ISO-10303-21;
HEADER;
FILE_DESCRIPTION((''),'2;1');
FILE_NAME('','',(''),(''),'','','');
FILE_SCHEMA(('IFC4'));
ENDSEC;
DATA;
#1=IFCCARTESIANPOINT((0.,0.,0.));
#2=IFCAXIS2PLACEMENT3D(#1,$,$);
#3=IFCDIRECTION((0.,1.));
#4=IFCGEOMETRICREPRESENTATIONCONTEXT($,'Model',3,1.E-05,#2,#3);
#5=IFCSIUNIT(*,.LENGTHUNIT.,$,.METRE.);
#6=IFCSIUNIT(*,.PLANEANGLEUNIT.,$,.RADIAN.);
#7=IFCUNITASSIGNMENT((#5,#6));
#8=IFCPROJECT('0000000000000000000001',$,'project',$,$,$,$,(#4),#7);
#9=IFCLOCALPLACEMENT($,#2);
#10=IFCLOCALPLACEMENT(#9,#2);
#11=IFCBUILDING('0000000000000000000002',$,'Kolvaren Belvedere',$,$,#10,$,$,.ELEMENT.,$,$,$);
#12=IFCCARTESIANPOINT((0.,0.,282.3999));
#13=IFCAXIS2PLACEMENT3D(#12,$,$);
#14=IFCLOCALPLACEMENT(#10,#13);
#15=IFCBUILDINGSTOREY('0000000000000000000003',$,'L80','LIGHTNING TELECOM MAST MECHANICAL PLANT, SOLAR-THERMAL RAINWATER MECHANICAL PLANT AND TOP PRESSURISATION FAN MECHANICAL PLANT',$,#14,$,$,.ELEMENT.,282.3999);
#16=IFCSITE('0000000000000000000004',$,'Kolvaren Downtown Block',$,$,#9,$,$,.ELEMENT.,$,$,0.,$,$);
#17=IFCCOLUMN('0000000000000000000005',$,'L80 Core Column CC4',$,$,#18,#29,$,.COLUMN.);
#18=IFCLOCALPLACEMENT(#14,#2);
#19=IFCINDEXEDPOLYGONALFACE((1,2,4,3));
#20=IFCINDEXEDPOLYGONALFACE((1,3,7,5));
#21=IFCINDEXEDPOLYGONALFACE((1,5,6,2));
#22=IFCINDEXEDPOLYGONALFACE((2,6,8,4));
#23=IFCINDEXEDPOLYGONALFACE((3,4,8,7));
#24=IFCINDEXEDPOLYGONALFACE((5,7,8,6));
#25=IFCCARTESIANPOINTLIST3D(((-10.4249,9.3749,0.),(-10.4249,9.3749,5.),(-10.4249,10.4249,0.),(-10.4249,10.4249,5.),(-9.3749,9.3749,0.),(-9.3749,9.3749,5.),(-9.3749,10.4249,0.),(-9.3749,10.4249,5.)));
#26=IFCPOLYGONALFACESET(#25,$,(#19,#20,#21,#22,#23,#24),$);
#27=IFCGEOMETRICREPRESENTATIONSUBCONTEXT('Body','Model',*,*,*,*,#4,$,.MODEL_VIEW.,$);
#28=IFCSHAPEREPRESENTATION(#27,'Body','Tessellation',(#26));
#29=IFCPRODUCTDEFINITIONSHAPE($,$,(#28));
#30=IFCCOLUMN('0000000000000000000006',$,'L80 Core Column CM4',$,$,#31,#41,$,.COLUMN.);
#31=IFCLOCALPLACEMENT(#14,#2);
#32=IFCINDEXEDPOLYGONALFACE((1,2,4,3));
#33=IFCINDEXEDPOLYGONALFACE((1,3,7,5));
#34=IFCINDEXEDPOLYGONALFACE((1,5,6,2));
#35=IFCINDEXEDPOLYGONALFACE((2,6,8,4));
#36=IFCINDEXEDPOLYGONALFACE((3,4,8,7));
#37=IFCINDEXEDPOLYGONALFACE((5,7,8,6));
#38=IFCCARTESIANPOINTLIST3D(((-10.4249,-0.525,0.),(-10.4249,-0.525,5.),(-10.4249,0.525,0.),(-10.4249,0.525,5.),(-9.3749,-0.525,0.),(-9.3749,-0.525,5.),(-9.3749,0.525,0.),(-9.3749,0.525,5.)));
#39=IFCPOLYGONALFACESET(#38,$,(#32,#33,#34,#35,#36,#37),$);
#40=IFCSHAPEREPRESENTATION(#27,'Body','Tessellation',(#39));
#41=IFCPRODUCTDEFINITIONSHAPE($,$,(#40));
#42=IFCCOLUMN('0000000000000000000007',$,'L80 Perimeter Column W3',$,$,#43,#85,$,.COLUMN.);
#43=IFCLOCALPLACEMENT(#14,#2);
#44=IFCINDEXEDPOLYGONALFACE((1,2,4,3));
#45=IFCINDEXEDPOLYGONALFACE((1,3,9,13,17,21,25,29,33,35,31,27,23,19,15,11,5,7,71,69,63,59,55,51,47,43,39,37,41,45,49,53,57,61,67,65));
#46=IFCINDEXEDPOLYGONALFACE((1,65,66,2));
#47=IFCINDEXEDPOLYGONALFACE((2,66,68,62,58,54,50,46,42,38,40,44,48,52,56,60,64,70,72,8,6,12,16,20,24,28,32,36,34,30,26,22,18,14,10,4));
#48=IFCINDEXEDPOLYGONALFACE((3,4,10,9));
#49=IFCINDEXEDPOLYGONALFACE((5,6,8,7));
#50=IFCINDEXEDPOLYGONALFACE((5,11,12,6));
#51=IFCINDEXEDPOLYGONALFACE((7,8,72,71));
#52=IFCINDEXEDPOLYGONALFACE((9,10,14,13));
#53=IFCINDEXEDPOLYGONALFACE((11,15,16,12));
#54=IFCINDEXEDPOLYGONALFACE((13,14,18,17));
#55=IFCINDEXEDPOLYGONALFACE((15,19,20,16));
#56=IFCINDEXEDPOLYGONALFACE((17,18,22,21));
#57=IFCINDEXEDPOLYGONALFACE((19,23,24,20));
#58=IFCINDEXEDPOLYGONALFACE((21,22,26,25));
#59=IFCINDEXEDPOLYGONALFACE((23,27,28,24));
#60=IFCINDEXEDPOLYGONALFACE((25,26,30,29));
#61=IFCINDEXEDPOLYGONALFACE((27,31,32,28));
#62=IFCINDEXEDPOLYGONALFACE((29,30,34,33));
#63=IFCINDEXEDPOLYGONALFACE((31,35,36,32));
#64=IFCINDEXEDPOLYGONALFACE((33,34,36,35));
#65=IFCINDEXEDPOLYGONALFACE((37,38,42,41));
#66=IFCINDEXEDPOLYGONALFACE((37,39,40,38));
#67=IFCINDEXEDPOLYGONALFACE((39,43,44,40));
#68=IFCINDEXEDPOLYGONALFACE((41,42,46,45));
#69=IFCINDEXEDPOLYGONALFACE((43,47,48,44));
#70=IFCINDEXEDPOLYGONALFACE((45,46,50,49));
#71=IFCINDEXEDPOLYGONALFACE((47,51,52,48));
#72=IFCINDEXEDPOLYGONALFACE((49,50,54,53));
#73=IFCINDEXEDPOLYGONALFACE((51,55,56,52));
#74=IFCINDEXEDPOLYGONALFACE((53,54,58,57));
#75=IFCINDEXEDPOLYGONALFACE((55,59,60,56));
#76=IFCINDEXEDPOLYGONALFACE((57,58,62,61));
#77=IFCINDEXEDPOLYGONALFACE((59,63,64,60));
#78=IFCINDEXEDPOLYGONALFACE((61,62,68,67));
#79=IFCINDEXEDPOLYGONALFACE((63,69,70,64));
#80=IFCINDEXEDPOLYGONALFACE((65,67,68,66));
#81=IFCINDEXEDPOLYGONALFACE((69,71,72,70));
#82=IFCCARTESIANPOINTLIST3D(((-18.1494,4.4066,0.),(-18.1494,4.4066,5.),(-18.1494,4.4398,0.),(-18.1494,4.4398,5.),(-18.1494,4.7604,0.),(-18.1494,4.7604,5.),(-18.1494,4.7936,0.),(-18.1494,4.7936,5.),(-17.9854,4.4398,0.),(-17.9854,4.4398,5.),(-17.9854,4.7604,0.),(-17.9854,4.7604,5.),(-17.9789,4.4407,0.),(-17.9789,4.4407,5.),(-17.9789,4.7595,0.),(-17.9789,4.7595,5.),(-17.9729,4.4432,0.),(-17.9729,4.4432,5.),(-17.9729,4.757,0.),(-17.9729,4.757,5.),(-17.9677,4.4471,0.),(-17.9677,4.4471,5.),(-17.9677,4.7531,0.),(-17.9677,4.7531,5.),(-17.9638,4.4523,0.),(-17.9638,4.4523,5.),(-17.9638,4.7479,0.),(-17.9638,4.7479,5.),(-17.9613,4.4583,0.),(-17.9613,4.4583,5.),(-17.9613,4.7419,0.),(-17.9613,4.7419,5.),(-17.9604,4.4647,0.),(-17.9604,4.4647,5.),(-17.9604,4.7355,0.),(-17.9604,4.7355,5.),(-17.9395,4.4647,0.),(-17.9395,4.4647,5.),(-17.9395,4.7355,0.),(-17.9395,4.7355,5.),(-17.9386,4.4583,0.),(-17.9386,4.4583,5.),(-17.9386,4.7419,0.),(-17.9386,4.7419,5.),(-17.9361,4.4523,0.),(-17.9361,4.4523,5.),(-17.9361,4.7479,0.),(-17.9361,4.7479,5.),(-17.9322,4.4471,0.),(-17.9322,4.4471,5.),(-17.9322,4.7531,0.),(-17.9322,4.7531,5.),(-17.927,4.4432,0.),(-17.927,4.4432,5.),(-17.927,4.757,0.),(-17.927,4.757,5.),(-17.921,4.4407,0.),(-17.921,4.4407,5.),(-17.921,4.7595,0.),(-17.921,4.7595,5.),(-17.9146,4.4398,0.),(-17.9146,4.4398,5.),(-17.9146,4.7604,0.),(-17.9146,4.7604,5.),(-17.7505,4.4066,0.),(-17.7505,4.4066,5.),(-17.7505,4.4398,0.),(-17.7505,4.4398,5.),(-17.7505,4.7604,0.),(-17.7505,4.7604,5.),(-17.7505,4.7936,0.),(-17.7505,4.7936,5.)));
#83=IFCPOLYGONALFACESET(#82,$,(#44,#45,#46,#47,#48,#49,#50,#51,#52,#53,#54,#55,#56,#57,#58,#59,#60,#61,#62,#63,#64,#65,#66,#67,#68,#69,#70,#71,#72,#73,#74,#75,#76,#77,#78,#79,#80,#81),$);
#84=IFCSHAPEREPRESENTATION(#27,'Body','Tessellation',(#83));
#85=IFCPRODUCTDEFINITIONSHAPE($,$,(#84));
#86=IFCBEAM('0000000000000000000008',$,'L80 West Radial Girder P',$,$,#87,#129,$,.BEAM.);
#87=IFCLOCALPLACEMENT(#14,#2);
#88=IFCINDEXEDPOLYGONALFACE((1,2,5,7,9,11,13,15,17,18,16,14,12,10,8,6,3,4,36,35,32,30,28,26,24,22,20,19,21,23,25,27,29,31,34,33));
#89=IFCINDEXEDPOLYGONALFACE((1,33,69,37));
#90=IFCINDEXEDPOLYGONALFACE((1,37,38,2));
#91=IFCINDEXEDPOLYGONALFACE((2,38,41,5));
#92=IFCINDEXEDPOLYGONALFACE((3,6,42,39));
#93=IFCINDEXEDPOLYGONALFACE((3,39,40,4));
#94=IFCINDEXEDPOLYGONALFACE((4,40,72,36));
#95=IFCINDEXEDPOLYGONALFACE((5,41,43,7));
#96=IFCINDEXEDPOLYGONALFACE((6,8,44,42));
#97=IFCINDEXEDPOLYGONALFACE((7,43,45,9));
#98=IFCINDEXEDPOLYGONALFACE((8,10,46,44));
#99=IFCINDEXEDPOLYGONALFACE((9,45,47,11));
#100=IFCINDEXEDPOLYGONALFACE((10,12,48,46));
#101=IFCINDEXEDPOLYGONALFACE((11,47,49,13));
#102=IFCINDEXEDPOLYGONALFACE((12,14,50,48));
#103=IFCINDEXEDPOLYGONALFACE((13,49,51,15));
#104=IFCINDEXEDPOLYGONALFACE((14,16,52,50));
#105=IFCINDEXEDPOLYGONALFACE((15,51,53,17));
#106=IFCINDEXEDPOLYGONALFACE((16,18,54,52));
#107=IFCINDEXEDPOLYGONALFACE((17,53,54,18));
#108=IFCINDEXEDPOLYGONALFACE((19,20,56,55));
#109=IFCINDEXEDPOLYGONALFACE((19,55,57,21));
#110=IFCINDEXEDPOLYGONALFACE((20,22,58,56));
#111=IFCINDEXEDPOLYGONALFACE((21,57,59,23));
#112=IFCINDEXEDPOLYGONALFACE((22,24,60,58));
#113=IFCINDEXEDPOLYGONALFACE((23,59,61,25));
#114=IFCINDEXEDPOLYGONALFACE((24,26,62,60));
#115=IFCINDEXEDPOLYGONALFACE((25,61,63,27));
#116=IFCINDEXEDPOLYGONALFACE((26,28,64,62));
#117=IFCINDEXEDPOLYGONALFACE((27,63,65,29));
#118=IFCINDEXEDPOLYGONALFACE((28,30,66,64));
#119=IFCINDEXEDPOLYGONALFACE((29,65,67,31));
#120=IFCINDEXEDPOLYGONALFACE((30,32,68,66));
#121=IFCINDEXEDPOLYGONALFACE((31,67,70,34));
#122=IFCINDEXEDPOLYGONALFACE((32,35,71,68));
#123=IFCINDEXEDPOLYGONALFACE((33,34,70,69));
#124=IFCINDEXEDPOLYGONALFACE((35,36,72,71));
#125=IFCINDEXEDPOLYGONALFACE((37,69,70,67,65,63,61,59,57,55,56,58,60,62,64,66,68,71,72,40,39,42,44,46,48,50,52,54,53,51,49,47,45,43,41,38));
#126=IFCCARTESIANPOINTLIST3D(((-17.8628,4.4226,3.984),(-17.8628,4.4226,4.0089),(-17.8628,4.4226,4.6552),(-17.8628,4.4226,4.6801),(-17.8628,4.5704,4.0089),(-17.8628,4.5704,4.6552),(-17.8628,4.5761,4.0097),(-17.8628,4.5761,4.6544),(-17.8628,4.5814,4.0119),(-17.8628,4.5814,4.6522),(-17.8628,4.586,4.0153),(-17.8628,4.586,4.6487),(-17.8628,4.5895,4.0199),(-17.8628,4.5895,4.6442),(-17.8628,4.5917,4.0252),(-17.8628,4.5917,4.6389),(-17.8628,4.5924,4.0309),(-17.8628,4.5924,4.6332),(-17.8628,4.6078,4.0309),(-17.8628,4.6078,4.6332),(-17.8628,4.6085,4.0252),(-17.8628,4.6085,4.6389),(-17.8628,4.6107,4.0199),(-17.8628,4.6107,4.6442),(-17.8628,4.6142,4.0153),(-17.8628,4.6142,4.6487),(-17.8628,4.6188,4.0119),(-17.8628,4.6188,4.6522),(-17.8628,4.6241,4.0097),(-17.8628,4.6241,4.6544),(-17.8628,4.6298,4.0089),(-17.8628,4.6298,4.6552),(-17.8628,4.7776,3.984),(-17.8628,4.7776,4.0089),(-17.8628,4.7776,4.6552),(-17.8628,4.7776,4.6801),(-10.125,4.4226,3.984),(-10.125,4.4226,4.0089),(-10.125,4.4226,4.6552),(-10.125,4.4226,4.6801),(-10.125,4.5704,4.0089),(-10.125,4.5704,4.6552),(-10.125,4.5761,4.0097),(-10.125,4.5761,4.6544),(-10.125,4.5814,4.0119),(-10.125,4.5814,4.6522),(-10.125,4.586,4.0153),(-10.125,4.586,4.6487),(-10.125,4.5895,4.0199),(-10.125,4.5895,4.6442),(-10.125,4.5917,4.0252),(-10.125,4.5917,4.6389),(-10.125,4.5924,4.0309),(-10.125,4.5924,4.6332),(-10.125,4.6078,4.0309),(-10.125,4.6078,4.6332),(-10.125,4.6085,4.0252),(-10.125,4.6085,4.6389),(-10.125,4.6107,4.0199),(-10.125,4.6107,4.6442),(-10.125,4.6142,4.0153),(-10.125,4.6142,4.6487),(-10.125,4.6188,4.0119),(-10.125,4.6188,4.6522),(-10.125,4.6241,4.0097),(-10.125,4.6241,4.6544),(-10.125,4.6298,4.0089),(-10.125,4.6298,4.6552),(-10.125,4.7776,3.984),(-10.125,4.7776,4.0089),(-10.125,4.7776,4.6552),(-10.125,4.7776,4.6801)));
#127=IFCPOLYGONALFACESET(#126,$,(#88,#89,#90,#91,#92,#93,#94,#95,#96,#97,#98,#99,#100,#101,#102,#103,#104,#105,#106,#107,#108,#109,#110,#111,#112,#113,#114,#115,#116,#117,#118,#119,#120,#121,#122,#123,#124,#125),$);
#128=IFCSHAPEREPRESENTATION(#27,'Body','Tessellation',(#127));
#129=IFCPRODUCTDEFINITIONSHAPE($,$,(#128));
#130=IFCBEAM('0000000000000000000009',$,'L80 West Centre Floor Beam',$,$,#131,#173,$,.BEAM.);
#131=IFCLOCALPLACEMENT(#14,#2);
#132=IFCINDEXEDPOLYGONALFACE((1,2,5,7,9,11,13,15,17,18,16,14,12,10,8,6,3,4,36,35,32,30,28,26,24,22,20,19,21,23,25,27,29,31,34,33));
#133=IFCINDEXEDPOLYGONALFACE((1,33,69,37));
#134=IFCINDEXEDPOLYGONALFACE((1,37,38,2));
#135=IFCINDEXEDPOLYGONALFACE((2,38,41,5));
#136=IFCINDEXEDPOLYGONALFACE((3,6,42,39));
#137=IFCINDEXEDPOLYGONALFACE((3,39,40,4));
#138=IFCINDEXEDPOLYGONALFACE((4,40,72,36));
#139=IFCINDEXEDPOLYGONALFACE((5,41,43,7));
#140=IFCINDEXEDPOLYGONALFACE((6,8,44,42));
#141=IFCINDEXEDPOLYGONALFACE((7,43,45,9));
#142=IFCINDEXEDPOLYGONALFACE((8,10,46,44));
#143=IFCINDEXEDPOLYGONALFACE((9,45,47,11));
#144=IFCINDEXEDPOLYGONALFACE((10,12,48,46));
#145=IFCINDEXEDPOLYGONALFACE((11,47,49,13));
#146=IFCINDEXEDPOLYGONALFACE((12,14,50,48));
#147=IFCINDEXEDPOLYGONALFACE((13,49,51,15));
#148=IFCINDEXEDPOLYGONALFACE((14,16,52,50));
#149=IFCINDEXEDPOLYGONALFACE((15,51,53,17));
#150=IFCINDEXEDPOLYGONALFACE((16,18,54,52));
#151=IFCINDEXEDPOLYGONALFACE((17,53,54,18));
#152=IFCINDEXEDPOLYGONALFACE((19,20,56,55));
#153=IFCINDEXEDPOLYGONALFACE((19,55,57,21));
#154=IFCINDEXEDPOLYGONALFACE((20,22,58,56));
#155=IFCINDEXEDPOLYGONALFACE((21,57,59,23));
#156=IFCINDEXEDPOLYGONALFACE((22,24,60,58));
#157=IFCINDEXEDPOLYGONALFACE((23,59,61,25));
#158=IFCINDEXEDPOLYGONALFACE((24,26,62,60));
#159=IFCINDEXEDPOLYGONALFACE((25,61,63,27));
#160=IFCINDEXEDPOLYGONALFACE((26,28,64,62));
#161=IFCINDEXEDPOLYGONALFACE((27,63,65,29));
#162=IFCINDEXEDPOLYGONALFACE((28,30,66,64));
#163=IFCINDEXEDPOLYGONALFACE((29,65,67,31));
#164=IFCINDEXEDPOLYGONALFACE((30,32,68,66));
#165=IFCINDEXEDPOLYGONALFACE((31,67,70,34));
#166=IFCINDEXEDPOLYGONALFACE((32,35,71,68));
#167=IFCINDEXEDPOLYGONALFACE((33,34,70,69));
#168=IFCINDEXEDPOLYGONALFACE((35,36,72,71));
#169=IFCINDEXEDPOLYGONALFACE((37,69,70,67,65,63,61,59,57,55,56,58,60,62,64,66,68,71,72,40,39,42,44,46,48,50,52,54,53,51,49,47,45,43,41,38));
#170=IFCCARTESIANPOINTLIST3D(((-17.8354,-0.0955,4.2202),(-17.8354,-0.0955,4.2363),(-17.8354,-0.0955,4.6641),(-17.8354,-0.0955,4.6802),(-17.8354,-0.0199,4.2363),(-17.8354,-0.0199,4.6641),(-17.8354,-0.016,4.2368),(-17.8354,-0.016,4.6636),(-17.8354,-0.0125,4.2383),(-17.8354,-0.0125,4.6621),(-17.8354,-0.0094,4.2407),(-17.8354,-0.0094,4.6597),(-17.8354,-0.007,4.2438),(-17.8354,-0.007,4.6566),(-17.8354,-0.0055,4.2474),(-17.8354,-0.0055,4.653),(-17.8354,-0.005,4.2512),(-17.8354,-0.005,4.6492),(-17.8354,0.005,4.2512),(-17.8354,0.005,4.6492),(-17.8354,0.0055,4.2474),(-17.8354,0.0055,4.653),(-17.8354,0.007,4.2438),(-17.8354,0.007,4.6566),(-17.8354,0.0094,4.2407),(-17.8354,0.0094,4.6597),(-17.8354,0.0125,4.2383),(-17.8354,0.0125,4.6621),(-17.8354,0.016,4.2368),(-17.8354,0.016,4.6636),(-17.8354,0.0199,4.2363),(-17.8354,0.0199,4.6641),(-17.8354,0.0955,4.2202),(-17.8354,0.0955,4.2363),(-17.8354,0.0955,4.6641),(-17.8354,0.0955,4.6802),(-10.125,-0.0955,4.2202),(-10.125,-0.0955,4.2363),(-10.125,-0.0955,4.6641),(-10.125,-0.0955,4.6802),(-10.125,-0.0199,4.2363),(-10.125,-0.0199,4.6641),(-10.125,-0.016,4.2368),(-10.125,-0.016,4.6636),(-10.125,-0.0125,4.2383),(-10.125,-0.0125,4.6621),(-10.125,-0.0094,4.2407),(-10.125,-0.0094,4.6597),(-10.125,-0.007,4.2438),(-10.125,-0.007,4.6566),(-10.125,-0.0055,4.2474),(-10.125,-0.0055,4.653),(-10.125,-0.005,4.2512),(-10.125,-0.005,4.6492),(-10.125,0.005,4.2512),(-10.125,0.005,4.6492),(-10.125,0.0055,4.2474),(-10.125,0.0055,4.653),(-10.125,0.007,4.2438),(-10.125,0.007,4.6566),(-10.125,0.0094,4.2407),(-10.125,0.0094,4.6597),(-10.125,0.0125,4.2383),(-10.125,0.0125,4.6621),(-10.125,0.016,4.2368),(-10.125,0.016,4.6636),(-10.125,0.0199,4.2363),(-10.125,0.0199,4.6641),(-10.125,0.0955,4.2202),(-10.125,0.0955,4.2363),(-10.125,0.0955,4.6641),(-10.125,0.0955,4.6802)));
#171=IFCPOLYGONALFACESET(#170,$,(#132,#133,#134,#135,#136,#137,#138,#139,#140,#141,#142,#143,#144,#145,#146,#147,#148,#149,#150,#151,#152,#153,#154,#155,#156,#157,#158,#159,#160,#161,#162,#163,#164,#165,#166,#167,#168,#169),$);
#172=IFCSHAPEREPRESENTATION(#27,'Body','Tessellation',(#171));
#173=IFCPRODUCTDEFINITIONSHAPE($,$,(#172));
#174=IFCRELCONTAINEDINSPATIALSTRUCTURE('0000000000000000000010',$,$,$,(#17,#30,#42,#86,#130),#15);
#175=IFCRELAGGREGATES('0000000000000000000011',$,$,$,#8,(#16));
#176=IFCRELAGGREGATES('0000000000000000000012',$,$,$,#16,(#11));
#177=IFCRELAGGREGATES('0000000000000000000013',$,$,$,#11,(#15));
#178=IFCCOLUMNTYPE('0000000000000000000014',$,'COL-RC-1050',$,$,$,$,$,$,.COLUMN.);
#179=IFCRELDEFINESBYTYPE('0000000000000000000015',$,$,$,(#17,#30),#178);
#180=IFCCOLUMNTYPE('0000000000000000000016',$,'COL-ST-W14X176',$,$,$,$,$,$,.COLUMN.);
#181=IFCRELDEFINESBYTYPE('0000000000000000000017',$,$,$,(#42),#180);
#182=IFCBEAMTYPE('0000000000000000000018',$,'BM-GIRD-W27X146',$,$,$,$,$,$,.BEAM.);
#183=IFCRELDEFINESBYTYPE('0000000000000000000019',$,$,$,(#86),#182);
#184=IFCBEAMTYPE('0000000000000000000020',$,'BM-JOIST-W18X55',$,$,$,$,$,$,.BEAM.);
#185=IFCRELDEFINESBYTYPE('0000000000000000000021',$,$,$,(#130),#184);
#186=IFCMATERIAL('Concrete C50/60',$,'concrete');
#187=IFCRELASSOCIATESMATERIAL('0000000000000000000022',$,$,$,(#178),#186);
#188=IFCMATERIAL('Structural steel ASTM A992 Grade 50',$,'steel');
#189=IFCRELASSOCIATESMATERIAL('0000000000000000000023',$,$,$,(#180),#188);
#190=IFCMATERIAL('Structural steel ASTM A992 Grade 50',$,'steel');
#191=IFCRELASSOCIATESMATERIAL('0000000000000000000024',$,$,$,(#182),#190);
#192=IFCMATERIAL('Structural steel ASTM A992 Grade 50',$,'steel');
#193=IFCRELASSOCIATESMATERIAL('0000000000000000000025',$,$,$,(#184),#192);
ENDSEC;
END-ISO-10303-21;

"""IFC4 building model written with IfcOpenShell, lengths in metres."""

from ifc_helpers import new_model, si_unit, direction, frame, origin, origin_2d, place, context, subcontext, project, spatial, rectangle, i_section, extrude, material, material_profile, profile_set, type_object, element, save


model = new_model("IFC4")

# Units and contexts
model_context = context("Model", 3, precision=1e-05, world=origin(), true_north=direction((0.0, 1.0)))
body_context = subcontext(model_context, "Body", "Model", "MODEL_VIEW")
ifc_project = project(units=[si_unit("LENGTHUNIT", "METRE"), si_unit("PLANEANGLEUNIT", "RADIAN")], contexts=[model_context])

# Site, building, storey
site_placement = place(None, origin())
site = spatial("IfcSite", under=ifc_project, at=site_placement, Name="Kolvaren Downtown Block", CompositionType="ELEMENT", RefElevation=0.0)
building_placement = place(site_placement, origin())
building = spatial("IfcBuilding", under=site, at=building_placement, Name="Kolvaren Belvedere", CompositionType="ELEMENT")
storey_placement = place(building_placement, frame((0.0, 0.0, 282.3999)))
storey = spatial("IfcBuildingStorey", under=building, at=storey_placement, Name="L80", Description="LIGHTNING TELECOM MAST MECHANICAL PLANT, SOLAR-THERMAL RAINWATER MECHANICAL PLANT AND TOP PRESSURISATION FAN MECHANICAL PLANT", CompositionType="ELEMENT", Elevation=282.3999)

# Columns
ifc_material_1 = material(Name="Concrete C50/60", Category="concrete")
ifc_material_profile_1 = material_profile(ifc_material_1, rectangle(XDim=1.05, YDim=1.05, at=origin_2d()), Name="RC 1050X1050")
ifc_profile_set_1 = profile_set([ifc_material_profile_1], Name="Concrete C50/60")
column_type_1 = type_object("IfcColumnType", Name="COL-RC-1050", PredefinedType="COLUMN", material=ifc_profile_set_1)
for number, where, z_axis, x_axis, name in (
    (1, (-9.8999, 9.8999, 0.0), (0.0, 0.0, 1.0), (1.0, 0.0, 0.0), "L80 Core Column CC4"),
    (2, (-9.8999, 0.0, 0.0), (0.0, 0.0, 1.0), (1.0, 0.0, 0.0), "L80 Core Column CM4"),
):
    element("IfcColumn", number, at=place(storey_placement, frame(where, z_axis=z_axis, x_axis=x_axis)), inside=storey, type_object=column_type_1, Name=name, PredefinedType="COLUMN", context=body_context, shape_type="SweptSolid", body=[
        extrude(rectangle(XDim=1.05, YDim=1.05, at=origin_2d()), origin(), (0.0, 0.0, 1.0), 5.0),
    ])
ifc_material_2 = material(Name="Structural steel ASTM A992 Grade 50", Category="steel")
ifc_material_profile_2 = material_profile(ifc_material_2, i_section(OverallWidth=0.3989, OverallDepth=0.387, WebThickness=0.021, FlangeThickness=0.0332, FilletRadius=0.0249, at=origin_2d()), Name="W14X176")
ifc_profile_set_2 = profile_set([ifc_material_profile_2], Name="Structural steel ASTM A992 Grade 50")
column_type_2 = type_object("IfcColumnType", Name="COL-ST-W14X176", PredefinedType="COLUMN", material=ifc_profile_set_2)
column_placement = place(storey_placement, frame((-17.95, 4.6001, 0.0), z_axis=(0.0, 0.0, 1.0), x_axis=(1.0, 0.0, 0.0)))
element("IfcColumn", 3, at=column_placement, inside=storey, type_object=column_type_2, Name="L80 Perimeter Column W3", PredefinedType="COLUMN", context=body_context, shape_type="SweptSolid", body=[
    extrude(i_section(OverallWidth=0.3989, OverallDepth=0.387, WebThickness=0.021, FlangeThickness=0.0332, FilletRadius=0.0249, at=origin_2d()), origin(), (0.0, 0.0, 1.0), 5.0),
])

# Beams
ifc_material_3 = material(Name="Structural steel ASTM A992 Grade 50", Category="steel")
ifc_material_profile_3 = material_profile(ifc_material_3, i_section(OverallWidth=0.355, OverallDepth=0.696, WebThickness=0.0154, FlangeThickness=0.0249, FilletRadius=0.022, at=origin_2d()), Name="W27X146")
ifc_profile_set_3 = profile_set([ifc_material_profile_3], Name="Structural steel ASTM A992 Grade 50")
beam_type_1 = type_object("IfcBeamType", Name="BM-GIRD-W27X146", PredefinedType="BEAM", material=ifc_profile_set_3)
beam_1_placement = place(storey_placement, frame((-10.125, 4.6001, 4.332), z_axis=(-1.0, 0.0, 0.0), x_axis=(0.0, -1.0, 0.0)))
element("IfcBeam", 4, at=beam_1_placement, inside=storey, type_object=beam_type_1, Name="L80 West Radial Girder P", PredefinedType="BEAM", context=body_context, shape_type="SweptSolid", body=[
    extrude(i_section(OverallWidth=0.355, OverallDepth=0.696, WebThickness=0.0154, FlangeThickness=0.0249, FilletRadius=0.022, at=origin_2d()), origin(), (0.0, 0.0, 1.0), 7.7378),
])
ifc_material_4 = material(Name="Structural steel ASTM A992 Grade 50", Category="steel")
ifc_material_profile_4 = material_profile(ifc_material_4, i_section(OverallWidth=0.1909, OverallDepth=0.46, WebThickness=0.01, FlangeThickness=0.0161, FilletRadius=0.0149, at=origin_2d()), Name="W18X55")
ifc_profile_set_4 = profile_set([ifc_material_profile_4], Name="Structural steel ASTM A992 Grade 50")
beam_type_2 = type_object("IfcBeamType", Name="BM-JOIST-W18X55", PredefinedType="BEAM", material=ifc_profile_set_4)
beam_2_placement = place(storey_placement, frame((-10.125, 0.0, 4.4502), z_axis=(-1.0, 0.0, 0.0), x_axis=(0.0, -1.0, 0.0)))
element("IfcBeam", 5, at=beam_2_placement, inside=storey, type_object=beam_type_2, Name="L80 West Centre Floor Beam", PredefinedType="BEAM", context=body_context, shape_type="SweptSolid", body=[
    extrude(i_section(OverallWidth=0.1909, OverallDepth=0.46, WebThickness=0.01, FlangeThickness=0.0161, FilletRadius=0.0149, at=origin_2d()), origin(), (0.0, 0.0, 1.0), 7.7104),
])

save(model, "model.ifc")
